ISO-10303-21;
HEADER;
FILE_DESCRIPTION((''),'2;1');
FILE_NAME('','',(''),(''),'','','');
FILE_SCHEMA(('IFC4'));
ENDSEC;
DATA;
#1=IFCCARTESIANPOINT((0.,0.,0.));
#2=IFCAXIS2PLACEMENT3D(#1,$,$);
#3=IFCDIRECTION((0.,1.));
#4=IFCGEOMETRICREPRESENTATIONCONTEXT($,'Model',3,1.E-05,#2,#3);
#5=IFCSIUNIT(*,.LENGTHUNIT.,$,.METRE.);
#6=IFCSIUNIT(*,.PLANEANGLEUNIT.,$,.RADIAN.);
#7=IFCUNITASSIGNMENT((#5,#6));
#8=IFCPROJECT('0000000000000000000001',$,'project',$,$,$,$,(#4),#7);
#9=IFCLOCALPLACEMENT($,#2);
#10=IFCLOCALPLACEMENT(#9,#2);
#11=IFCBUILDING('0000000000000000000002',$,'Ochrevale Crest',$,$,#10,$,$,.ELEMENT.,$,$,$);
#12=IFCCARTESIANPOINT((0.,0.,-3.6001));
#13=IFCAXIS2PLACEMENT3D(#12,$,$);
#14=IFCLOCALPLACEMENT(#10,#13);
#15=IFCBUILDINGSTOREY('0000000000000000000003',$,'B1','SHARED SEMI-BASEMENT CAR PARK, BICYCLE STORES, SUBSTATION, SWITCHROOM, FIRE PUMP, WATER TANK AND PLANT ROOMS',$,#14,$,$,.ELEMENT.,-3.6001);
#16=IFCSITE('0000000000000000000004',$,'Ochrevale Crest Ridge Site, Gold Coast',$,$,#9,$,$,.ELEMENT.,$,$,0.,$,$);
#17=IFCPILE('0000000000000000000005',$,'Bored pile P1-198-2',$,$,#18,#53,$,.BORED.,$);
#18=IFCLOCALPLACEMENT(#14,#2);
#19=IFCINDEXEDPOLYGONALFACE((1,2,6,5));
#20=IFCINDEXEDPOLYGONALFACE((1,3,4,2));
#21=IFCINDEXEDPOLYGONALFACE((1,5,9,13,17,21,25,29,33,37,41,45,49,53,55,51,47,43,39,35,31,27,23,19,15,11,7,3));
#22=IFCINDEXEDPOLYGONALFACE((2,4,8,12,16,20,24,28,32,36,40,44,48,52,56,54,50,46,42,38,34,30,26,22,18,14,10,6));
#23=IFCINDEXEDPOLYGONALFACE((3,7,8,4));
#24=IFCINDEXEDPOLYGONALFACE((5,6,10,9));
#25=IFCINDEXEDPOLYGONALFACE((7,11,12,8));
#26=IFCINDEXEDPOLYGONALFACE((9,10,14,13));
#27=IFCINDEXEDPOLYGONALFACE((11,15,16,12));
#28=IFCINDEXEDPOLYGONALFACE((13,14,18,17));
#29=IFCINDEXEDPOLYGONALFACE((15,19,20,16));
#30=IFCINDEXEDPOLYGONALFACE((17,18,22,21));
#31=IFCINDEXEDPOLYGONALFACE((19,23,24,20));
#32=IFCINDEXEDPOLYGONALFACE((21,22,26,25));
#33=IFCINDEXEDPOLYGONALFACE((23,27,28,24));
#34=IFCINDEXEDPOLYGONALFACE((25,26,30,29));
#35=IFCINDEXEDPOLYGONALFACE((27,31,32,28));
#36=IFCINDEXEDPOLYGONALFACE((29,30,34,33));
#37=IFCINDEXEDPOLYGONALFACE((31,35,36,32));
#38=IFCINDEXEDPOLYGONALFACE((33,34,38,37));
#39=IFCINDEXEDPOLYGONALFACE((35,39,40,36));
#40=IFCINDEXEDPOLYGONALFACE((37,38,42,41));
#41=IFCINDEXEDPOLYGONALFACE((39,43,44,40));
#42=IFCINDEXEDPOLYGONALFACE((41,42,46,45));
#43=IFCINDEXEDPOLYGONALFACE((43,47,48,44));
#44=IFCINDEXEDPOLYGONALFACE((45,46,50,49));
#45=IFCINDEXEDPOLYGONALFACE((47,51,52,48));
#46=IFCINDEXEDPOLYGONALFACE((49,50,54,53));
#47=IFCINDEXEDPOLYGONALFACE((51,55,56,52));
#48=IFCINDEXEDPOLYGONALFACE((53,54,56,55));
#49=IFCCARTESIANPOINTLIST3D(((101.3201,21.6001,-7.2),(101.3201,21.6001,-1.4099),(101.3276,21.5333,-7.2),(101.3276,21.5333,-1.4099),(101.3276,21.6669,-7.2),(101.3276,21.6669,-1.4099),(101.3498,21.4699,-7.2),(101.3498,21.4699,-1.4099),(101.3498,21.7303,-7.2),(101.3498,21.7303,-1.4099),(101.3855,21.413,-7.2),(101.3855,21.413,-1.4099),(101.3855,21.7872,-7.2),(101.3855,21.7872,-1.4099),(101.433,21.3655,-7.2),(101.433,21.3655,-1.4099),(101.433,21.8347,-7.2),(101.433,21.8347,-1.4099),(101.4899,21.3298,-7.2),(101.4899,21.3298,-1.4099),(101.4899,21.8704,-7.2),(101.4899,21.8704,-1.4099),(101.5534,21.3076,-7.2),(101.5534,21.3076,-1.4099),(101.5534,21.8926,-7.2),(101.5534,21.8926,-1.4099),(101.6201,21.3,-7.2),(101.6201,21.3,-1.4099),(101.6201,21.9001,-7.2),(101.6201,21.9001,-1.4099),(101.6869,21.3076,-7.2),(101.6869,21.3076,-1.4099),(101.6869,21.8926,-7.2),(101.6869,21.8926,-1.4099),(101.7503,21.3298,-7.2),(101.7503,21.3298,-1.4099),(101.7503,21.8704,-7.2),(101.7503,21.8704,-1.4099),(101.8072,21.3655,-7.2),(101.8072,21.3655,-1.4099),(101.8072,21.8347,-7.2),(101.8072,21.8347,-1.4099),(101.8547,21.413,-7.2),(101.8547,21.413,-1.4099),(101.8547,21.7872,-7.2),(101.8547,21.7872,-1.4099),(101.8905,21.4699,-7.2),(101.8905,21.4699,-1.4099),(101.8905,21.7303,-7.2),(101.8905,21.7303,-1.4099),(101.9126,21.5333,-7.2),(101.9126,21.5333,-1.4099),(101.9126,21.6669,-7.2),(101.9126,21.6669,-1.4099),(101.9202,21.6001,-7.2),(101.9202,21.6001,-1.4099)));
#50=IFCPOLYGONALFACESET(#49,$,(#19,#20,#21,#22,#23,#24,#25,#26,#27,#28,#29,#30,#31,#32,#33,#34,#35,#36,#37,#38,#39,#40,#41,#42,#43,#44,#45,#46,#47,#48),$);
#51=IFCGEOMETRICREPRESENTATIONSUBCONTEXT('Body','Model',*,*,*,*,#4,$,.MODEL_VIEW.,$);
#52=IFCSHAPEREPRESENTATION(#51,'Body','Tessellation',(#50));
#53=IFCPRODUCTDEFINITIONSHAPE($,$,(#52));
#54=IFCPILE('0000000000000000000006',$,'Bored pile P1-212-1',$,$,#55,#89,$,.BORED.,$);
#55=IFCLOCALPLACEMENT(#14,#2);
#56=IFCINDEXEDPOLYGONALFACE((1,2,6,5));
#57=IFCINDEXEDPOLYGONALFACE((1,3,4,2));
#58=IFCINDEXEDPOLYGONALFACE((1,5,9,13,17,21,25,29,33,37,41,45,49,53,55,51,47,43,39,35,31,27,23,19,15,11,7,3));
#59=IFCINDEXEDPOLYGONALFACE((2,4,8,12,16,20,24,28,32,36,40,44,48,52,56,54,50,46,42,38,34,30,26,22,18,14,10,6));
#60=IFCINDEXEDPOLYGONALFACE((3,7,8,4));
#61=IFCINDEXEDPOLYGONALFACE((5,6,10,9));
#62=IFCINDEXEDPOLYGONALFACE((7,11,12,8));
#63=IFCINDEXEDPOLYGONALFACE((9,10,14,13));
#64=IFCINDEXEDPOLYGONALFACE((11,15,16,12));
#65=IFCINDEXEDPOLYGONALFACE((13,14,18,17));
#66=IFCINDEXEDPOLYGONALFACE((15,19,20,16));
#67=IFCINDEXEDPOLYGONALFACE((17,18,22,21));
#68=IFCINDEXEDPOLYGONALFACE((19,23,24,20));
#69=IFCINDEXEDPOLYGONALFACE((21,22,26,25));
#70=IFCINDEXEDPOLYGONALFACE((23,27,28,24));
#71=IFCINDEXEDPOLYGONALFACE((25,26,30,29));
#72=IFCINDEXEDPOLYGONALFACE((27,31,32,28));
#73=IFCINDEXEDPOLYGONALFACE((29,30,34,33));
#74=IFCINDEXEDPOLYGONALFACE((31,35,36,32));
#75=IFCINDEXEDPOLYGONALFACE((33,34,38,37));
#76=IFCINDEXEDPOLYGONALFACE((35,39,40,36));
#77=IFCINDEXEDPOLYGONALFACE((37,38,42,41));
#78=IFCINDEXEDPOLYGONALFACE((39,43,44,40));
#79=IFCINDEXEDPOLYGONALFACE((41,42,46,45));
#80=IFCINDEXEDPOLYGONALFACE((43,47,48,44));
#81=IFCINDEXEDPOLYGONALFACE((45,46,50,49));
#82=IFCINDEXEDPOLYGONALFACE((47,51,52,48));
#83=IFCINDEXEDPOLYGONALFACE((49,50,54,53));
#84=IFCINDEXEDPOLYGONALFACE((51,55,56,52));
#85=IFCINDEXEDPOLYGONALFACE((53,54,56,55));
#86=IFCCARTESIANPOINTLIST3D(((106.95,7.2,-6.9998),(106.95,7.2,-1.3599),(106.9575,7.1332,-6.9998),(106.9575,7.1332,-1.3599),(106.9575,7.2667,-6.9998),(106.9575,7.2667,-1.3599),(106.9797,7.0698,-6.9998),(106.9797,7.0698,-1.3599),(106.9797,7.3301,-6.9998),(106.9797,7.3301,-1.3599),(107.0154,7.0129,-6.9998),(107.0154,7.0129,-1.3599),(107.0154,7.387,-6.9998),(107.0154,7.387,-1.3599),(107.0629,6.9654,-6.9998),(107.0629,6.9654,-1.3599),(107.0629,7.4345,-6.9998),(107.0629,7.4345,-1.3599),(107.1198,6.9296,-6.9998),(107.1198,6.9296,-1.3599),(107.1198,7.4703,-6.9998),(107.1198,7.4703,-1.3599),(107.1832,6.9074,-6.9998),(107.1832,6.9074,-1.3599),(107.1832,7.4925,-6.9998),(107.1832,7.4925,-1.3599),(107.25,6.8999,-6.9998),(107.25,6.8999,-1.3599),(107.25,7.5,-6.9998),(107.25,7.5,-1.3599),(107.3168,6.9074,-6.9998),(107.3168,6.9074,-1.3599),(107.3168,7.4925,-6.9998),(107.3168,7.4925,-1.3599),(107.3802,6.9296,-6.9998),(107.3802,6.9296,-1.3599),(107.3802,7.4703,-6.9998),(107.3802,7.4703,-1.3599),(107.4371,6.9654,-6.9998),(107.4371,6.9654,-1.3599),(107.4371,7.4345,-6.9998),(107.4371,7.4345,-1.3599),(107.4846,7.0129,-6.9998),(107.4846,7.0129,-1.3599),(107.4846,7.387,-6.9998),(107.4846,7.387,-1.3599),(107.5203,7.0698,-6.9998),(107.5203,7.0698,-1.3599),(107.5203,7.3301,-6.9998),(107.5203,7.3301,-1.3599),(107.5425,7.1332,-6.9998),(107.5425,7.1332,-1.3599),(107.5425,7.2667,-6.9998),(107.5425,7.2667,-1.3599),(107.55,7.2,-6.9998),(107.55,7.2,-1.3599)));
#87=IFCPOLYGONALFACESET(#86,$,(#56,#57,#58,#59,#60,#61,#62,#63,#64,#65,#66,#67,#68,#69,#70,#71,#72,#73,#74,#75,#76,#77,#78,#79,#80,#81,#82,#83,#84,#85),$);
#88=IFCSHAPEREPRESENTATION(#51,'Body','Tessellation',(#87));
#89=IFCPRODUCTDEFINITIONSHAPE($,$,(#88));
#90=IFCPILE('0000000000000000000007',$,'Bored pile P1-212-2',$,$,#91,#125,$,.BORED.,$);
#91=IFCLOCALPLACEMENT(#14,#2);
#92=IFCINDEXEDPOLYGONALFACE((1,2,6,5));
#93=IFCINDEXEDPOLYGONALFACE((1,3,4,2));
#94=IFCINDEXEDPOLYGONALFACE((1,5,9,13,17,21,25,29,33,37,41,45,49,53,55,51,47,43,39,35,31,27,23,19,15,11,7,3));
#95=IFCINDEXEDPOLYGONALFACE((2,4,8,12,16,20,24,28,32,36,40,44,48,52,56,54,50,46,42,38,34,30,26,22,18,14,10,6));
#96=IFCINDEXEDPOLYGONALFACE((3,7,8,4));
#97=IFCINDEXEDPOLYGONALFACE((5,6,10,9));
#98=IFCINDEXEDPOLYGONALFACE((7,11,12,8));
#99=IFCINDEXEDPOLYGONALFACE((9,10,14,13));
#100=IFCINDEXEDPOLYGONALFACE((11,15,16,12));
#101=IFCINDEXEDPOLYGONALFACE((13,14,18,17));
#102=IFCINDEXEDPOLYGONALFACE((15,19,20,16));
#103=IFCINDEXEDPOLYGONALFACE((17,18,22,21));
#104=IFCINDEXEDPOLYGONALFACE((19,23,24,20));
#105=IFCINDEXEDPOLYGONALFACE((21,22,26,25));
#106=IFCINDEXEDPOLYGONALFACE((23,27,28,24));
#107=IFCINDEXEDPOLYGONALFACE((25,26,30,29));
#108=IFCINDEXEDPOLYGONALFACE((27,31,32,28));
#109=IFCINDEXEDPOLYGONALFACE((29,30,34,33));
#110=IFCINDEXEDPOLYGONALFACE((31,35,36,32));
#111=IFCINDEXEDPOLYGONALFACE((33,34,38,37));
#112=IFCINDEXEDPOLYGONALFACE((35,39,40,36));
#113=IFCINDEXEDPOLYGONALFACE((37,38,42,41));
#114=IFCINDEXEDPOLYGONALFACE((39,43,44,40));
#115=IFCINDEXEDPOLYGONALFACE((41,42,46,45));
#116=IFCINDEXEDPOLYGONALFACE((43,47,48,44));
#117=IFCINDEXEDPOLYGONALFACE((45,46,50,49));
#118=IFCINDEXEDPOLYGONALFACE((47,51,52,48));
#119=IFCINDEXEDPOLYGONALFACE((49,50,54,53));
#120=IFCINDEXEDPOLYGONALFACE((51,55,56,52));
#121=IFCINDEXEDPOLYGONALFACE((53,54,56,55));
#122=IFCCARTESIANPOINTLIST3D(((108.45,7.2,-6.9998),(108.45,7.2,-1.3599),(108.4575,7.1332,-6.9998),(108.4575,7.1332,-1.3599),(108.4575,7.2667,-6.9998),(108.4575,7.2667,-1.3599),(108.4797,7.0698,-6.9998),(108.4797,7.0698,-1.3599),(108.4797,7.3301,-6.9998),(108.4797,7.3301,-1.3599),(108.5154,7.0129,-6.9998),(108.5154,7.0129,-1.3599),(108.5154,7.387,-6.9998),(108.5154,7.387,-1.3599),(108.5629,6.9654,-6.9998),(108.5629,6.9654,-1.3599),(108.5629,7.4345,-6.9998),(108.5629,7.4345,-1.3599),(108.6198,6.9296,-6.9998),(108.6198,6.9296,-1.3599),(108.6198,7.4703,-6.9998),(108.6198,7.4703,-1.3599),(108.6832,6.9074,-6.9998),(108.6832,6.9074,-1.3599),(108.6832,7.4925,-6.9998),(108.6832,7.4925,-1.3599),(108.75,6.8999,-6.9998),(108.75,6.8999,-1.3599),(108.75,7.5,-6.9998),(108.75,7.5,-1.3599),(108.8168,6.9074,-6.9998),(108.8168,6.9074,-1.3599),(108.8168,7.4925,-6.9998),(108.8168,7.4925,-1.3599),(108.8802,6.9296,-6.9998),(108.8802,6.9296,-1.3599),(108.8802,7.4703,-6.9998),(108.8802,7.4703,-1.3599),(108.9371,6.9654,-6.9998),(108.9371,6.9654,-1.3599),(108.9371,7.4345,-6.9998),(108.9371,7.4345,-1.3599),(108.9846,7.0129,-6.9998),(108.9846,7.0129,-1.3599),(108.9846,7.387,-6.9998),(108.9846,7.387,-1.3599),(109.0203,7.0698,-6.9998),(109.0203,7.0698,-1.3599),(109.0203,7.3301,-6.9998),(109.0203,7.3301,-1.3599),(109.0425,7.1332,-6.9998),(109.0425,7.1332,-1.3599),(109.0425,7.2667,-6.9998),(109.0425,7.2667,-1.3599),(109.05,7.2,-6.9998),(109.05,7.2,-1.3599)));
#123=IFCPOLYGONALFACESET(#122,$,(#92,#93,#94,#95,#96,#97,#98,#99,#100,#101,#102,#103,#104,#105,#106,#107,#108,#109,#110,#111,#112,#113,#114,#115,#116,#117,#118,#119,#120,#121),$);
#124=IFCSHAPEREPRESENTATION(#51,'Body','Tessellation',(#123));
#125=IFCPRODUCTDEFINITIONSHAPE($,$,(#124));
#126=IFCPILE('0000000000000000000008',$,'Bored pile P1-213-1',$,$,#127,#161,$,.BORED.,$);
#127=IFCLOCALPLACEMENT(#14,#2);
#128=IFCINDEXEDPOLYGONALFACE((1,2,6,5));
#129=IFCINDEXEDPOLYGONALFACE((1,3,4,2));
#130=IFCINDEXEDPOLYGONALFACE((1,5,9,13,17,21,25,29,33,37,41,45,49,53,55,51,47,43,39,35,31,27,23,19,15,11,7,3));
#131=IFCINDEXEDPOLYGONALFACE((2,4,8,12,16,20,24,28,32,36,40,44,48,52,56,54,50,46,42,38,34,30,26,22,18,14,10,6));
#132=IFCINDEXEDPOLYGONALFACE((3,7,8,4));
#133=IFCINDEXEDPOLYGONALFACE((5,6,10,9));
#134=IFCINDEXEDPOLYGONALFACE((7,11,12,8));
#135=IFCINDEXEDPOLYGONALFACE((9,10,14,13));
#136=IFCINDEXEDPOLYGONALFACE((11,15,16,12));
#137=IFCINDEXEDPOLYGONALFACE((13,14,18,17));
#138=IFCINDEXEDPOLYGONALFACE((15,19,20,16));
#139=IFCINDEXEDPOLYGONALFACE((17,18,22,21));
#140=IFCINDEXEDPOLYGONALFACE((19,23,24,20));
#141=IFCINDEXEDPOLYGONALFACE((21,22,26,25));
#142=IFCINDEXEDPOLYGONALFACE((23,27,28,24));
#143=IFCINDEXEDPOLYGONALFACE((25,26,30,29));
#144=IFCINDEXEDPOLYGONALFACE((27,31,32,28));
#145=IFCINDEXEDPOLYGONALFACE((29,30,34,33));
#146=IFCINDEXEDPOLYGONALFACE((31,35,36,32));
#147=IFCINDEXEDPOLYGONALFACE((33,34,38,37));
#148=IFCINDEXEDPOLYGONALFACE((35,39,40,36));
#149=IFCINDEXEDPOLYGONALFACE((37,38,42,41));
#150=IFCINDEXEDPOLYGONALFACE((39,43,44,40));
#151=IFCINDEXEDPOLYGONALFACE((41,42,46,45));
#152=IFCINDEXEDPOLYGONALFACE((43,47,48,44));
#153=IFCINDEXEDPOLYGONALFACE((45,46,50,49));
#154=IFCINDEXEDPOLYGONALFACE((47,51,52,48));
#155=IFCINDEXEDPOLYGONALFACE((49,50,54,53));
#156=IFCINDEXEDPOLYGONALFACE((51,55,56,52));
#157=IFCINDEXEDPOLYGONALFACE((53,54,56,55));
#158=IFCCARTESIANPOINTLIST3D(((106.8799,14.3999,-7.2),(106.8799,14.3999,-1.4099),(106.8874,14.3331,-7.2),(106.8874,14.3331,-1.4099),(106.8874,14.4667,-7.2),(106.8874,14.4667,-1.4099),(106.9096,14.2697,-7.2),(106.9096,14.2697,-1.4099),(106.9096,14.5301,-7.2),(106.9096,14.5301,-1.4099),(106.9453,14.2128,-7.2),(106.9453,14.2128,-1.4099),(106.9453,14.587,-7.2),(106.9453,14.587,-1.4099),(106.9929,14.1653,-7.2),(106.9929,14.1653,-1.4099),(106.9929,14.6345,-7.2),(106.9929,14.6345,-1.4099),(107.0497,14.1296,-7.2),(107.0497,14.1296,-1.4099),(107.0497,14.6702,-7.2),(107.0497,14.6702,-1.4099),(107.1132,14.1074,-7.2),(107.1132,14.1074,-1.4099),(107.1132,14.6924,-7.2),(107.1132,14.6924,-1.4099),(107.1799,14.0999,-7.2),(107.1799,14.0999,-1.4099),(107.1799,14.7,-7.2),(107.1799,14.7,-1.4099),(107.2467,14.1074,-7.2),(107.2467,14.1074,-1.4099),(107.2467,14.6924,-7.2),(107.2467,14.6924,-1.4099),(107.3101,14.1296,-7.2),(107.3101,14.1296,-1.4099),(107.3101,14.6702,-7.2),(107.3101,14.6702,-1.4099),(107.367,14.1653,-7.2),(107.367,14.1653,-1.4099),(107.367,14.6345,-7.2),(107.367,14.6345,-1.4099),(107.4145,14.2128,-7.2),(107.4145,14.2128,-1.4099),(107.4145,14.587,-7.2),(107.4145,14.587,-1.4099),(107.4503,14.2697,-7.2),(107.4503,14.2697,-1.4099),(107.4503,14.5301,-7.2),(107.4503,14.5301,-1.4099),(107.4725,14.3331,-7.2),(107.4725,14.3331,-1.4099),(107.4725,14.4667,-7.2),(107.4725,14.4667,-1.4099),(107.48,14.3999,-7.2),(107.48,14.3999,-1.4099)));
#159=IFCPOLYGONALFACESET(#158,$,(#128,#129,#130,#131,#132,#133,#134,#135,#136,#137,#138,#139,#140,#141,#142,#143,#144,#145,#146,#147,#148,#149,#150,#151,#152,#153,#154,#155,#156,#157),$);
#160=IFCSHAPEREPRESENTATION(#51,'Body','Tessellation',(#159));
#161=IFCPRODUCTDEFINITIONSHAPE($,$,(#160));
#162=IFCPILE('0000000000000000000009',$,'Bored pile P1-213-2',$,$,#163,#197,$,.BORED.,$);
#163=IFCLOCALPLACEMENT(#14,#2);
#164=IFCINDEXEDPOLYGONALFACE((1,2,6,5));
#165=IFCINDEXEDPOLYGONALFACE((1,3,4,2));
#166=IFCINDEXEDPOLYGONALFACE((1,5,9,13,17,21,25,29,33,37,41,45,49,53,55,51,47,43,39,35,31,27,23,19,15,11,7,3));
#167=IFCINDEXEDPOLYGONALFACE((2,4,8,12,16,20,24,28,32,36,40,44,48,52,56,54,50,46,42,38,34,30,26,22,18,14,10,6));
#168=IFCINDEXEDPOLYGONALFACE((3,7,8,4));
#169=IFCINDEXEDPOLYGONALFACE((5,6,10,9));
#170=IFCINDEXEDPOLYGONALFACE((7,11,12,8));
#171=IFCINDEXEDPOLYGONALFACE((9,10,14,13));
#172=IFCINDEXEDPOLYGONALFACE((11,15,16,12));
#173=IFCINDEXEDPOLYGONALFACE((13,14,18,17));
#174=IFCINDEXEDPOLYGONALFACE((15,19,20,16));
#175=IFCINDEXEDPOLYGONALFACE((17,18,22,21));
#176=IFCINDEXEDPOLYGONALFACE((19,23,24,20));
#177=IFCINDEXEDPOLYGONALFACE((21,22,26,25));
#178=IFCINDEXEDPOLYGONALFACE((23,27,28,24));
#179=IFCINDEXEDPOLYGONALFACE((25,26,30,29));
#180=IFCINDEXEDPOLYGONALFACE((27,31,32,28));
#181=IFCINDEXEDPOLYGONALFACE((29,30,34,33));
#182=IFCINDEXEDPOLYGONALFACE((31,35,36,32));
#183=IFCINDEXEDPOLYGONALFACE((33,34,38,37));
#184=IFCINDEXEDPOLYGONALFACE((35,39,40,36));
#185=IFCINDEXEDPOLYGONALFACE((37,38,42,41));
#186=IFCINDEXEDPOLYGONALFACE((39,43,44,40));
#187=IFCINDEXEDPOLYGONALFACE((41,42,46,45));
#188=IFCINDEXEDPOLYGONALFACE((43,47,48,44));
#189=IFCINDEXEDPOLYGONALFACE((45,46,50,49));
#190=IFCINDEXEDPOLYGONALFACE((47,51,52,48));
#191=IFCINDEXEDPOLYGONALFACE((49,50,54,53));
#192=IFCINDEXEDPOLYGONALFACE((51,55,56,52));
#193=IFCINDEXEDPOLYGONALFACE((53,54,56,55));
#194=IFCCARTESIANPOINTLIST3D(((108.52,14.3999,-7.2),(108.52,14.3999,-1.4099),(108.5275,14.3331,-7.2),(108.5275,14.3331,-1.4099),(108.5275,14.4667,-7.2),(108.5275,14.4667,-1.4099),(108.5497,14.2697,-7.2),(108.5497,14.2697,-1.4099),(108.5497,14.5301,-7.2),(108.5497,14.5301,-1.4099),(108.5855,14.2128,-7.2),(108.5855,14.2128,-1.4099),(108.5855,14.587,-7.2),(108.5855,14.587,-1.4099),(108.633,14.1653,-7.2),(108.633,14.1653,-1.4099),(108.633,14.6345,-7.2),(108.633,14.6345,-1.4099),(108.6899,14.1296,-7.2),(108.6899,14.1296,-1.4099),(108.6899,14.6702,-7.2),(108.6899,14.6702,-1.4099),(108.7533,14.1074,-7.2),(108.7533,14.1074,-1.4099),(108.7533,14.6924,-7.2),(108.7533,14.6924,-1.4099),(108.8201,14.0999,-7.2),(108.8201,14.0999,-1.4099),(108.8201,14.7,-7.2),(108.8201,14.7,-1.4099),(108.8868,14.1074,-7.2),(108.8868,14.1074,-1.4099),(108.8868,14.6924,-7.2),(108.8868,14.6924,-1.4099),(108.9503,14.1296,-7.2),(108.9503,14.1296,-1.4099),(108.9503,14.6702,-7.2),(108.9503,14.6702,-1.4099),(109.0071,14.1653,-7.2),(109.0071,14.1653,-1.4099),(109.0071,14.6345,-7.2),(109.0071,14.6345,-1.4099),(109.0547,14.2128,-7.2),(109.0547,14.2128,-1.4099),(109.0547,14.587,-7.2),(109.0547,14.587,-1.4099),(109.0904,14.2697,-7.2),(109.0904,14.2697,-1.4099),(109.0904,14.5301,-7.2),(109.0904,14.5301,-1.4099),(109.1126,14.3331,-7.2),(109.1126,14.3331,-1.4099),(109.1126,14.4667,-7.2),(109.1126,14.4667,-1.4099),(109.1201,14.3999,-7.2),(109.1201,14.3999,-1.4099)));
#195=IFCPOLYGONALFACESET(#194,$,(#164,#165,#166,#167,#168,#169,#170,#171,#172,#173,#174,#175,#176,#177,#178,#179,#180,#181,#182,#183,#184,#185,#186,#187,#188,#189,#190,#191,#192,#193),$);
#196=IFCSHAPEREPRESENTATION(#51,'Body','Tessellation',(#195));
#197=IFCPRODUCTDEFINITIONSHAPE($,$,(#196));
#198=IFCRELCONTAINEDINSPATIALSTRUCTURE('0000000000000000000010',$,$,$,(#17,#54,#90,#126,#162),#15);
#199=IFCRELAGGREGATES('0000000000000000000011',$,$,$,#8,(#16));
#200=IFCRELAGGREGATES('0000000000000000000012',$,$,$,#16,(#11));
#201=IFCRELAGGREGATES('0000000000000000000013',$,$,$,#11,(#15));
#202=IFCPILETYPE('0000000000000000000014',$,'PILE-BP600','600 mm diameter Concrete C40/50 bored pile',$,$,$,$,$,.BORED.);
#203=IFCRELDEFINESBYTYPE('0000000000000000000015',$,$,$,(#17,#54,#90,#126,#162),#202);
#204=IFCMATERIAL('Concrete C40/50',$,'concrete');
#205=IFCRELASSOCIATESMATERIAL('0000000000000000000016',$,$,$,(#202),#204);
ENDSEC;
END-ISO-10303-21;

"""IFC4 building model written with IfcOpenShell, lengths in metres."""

from ifc_helpers import new_model, si_unit, direction, frame, origin, origin_2d, place, context, subcontext, project, spatial, circle, extrude, material, material_profile, profile_set, type_object, element, save


model = new_model("IFC4")

# Units and contexts
model_context = context("Model", 3, precision=1e-05, world=origin(), true_north=direction((0.0, 1.0)))
body_context = subcontext(model_context, "Body", "Model", "MODEL_VIEW")
ifc_project = project(units=[si_unit("LENGTHUNIT", "METRE"), si_unit("PLANEANGLEUNIT", "RADIAN")], contexts=[model_context])

# Site, building, storey
site_placement = place(None, origin())
site = spatial("IfcSite", under=ifc_project, at=site_placement, Name="Ochrevale Crest Ridge Site, Gold Coast", CompositionType="ELEMENT", RefElevation=0.0)
building_placement = place(site_placement, origin())
building = spatial("IfcBuilding", under=site, at=building_placement, Name="Ochrevale Crest", CompositionType="ELEMENT")
storey_placement = place(building_placement, frame((0.0, 0.0, -3.6001)))
storey = spatial("IfcBuildingStorey", under=building, at=storey_placement, Name="B1", Description="SHARED SEMI-BASEMENT CAR PARK, BICYCLE STORES, SUBSTATION, SWITCHROOM, FIRE PUMP, WATER TANK AND PLANT ROOMS", CompositionType="ELEMENT", Elevation=-3.6001)

# Shared definitions
ifc_material_1 = material(Name="Concrete C40/50", Category="concrete")

# Piles
ifc_material_profile_1 = material_profile(ifc_material_1, circle(Radius=0.3, at=origin_2d()), Name="BORED PILE 600")
ifc_profile_set_1 = profile_set([ifc_material_profile_1], Name="Concrete C40/50")
pile_type = type_object("IfcPileType", Name="PILE-BP600", Description="600 mm diameter Concrete C40/50 bored pile", PredefinedType="BORED", material=ifc_profile_set_1)
for number, where, z_axis, x_axis, name in (
    (1, (101.6201, 21.6001, -1.4099), (0.0, 0.0, -1.0), (1.0, 0.0, 0.0), "Bored pile P1-198-2"),
):
    element("IfcPile", number, at=place(storey_placement, frame(where, z_axis=z_axis, x_axis=x_axis)), inside=storey, type_object=pile_type, Name=name, PredefinedType="BORED", context=body_context, shape_type="SweptSolid", body=[
        extrude(circle(Radius=0.3, at=origin_2d()), origin(), (0.0, 0.0, 1.0), 5.79),
    ])
for number, where, z_axis, x_axis, name in (
    (2, (107.25, 7.2, -1.3599), (0.0, 0.0, -1.0), (1.0, 0.0, 0.0), "Bored pile P1-212-1"),
    (3, (108.75, 7.2, -1.3599), (0.0, 0.0, -1.0), (1.0, 0.0, 0.0), "Bored pile P1-212-2"),
):
    element("IfcPile", number, at=place(storey_placement, frame(where, z_axis=z_axis, x_axis=x_axis)), inside=storey, type_object=pile_type, Name=name, PredefinedType="BORED", context=body_context, shape_type="SweptSolid", body=[
        extrude(circle(Radius=0.3, at=origin_2d()), origin(), (0.0, 0.0, 1.0), 5.6399),
    ])
for number, where, z_axis, x_axis, name in (
    (4, (107.1799, 14.3999, -1.4099), (0.0, 0.0, -1.0), (1.0, 0.0, 0.0), "Bored pile P1-213-1"),
    (5, (108.8201, 14.3999, -1.4099), (0.0, 0.0, -1.0), (1.0, 0.0, 0.0), "Bored pile P1-213-2"),
):
    element("IfcPile", number, at=place(storey_placement, frame(where, z_axis=z_axis, x_axis=x_axis)), inside=storey, type_object=pile_type, Name=name, PredefinedType="BORED", context=body_context, shape_type="SweptSolid", body=[
        extrude(circle(Radius=0.3, at=origin_2d()), origin(), (0.0, 0.0, 1.0), 5.79),
    ])

save(model, "model.ifc")
